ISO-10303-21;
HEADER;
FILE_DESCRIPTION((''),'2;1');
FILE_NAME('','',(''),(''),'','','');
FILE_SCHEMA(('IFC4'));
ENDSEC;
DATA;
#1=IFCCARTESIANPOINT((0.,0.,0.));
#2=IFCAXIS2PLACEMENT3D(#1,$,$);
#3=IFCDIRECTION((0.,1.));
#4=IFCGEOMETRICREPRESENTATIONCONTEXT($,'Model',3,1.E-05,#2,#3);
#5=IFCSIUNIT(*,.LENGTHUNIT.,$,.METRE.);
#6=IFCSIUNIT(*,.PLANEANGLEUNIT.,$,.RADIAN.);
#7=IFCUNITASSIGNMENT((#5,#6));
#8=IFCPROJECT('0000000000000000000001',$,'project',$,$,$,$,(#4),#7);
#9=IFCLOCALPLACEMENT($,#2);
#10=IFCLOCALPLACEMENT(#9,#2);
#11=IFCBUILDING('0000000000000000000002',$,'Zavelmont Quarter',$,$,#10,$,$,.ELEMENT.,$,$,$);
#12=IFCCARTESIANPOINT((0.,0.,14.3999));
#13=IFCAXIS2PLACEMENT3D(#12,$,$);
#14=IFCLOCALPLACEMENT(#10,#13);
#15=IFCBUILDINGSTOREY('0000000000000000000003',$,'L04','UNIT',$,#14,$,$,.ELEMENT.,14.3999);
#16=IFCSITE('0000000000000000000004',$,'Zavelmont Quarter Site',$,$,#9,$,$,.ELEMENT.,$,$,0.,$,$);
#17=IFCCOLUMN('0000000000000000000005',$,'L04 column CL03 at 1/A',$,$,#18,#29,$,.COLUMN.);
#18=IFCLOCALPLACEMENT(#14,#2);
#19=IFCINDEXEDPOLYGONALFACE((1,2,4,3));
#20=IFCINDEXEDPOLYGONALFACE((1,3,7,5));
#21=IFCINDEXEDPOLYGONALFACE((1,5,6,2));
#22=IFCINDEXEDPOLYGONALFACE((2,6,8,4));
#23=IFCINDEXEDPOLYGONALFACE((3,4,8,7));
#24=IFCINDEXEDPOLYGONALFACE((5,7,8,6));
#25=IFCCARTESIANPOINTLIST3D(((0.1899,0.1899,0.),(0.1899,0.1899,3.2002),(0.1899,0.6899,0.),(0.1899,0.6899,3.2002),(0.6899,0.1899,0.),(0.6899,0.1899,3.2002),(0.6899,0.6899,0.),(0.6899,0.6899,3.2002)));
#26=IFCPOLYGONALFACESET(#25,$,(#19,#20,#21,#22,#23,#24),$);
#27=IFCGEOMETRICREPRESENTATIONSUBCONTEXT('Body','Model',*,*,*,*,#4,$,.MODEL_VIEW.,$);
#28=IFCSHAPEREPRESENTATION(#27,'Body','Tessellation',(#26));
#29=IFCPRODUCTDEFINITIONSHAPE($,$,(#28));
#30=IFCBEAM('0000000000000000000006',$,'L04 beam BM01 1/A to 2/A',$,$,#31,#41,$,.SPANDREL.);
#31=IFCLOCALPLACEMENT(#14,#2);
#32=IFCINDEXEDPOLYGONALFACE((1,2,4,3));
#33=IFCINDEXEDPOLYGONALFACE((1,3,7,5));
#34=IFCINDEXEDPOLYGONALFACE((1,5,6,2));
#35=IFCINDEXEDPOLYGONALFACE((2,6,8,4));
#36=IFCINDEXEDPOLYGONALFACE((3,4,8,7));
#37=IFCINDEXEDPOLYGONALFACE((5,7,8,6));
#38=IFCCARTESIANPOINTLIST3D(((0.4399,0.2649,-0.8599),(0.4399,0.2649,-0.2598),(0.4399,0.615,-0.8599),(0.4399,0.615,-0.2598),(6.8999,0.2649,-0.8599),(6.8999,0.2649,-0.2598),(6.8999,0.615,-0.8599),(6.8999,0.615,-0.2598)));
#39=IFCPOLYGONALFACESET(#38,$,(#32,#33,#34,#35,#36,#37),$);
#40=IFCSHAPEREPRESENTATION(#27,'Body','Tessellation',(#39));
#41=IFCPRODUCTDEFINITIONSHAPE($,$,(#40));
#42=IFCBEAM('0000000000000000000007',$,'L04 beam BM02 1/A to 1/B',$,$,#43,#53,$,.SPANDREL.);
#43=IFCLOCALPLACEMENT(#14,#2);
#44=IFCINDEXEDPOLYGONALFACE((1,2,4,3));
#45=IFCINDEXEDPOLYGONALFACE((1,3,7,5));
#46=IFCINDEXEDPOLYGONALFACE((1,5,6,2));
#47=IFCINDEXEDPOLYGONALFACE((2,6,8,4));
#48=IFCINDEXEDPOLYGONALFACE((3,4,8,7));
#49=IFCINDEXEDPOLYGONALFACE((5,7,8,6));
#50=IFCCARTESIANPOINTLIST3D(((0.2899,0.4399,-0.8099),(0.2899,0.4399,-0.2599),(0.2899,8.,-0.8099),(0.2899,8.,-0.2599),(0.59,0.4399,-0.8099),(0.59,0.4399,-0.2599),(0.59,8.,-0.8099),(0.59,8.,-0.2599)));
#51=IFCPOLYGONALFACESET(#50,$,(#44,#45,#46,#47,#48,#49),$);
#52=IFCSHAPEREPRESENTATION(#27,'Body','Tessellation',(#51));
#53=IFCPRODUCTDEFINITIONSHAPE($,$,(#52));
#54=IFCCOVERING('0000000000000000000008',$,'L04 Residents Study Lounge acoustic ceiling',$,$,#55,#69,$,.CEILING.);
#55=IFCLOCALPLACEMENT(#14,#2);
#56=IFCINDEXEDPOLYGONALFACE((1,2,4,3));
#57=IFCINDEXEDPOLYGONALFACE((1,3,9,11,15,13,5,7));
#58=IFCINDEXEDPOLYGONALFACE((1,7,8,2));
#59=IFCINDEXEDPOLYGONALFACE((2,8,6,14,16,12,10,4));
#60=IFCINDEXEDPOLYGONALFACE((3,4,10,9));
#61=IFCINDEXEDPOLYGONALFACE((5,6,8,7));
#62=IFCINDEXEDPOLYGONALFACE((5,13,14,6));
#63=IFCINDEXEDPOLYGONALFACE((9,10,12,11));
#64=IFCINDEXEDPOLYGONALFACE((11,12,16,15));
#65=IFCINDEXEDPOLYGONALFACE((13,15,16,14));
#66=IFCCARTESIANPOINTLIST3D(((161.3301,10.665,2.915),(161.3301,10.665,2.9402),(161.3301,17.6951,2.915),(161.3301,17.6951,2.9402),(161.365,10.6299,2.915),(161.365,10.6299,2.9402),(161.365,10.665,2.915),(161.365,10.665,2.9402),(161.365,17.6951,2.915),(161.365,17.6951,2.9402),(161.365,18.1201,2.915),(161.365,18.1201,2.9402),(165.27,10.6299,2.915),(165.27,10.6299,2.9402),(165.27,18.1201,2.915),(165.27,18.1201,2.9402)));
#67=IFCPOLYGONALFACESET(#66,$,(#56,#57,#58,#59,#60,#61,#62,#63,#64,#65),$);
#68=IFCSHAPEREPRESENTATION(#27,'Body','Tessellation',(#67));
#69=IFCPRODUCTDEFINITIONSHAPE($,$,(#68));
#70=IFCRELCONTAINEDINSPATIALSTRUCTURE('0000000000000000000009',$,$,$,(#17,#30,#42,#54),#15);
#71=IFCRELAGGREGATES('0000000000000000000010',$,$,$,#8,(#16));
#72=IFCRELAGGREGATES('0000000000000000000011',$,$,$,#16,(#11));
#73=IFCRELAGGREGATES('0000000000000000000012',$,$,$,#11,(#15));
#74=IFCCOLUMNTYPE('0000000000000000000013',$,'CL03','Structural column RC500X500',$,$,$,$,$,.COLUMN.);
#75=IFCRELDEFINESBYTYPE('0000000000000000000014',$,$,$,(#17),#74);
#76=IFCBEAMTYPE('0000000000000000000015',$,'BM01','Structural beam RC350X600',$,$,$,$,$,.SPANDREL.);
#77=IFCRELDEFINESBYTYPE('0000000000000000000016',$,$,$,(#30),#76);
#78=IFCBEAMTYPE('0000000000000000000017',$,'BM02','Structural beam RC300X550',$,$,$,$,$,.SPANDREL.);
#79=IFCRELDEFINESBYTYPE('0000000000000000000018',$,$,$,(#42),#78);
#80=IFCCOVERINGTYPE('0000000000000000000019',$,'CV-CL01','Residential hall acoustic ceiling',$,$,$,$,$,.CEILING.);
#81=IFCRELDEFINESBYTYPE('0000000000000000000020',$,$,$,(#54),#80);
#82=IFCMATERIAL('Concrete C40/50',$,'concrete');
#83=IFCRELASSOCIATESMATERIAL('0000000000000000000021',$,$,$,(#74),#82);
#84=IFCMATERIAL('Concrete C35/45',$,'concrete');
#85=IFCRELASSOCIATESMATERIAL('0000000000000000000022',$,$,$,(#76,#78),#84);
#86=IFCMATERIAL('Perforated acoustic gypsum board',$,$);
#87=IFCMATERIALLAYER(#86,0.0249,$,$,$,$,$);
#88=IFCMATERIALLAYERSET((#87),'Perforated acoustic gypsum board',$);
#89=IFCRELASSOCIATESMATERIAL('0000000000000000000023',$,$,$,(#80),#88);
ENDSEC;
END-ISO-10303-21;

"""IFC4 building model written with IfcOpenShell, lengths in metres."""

from ifc_helpers import new_model, si_unit, direction, frame, origin, origin_2d, place, context, subcontext, project, spatial, polyline, rectangle, outline, extrude, material, layer, layer_set, material_profile, profile_set, type_object, element, save


model = new_model("IFC4")

# Units and contexts
model_context = context("Model", 3, precision=1e-05, world=origin(), true_north=direction((0.0, 1.0)))
body_context = subcontext(model_context, "Body", "Model", "MODEL_VIEW")
ifc_project = project(units=[si_unit("LENGTHUNIT", "METRE"), si_unit("PLANEANGLEUNIT", "RADIAN")], contexts=[model_context])

# Site, building, storey
site_placement = place(None, origin())
site = spatial("IfcSite", under=ifc_project, at=site_placement, Name="Zavelmont Quarter Site", CompositionType="ELEMENT", RefElevation=0.0)
building_placement = place(site_placement, origin())
building = spatial("IfcBuilding", under=site, at=building_placement, Name="Zavelmont Quarter", CompositionType="ELEMENT")
storey_placement = place(building_placement, frame((0.0, 0.0, 14.3999)))
storey = spatial("IfcBuildingStorey", under=building, at=storey_placement, Name="L04", Description="UNIT", CompositionType="ELEMENT", Elevation=14.3999)

# Column
ifc_material_1 = material(Name="Concrete C40/50", Category="concrete")
ifc_material_profile_1 = material_profile(ifc_material_1, rectangle(XDim=0.5, YDim=0.5, at=origin_2d()), Name="RC500X500")
ifc_profile_set_1 = profile_set([ifc_material_profile_1], Name="Concrete C40/50")
column_type = type_object("IfcColumnType", Name="CL03", Description="Structural column RC500X500", PredefinedType="COLUMN", material=ifc_profile_set_1)
column_placement = place(storey_placement, frame((0.4399, 0.4399, 0.0), z_axis=(0.0, 0.0, 1.0), x_axis=(1.0, 0.0, 0.0)))
element("IfcColumn", 1, at=column_placement, inside=storey, type_object=column_type, Name="L04 column CL03 at 1/A", PredefinedType="COLUMN", context=body_context, shape_type="SweptSolid", body=[
    extrude(rectangle(XDim=0.5, YDim=0.5, at=origin_2d()), origin(), (0.0, 0.0, 1.0), 3.2002),
])

# Beams
ifc_material_2 = material(Name="Concrete C35/45", Category="concrete")
ifc_material_profile_2 = material_profile(ifc_material_2, rectangle(XDim=0.3501, YDim=0.6001, at=origin_2d()), Name="RC350X600")
ifc_profile_set_2 = profile_set([ifc_material_profile_2], Name="Concrete C35/45")
beam_type_1 = type_object("IfcBeamType", Name="BM01", Description="Structural beam RC350X600", PredefinedType="SPANDREL", material=ifc_profile_set_2)
beam_1_placement = place(storey_placement, frame((0.4399, 0.4399, -0.5598), z_axis=(1.0, 0.0, 0.0), x_axis=(0.0, 1.0, 0.0)))
element("IfcBeam", 2, at=beam_1_placement, inside=storey, type_object=beam_type_1, Name="L04 beam BM01 1/A to 2/A", PredefinedType="SPANDREL", context=body_context, shape_type="SweptSolid", body=[
    extrude(rectangle(XDim=0.3501, YDim=0.6001, at=origin_2d()), origin(), (0.0, 0.0, 1.0), 6.46),
])
ifc_material_profile_3 = material_profile(ifc_material_2, rectangle(XDim=0.3, YDim=0.55, at=origin_2d()), Name="RC300X550")
ifc_profile_set_3 = profile_set([ifc_material_profile_3], Name="Concrete C35/45")
beam_type_2 = type_object("IfcBeamType", Name="BM02", Description="Structural beam RC300X550", PredefinedType="SPANDREL", material=ifc_profile_set_3)
beam_2_placement = place(storey_placement, frame((0.4399, 0.4399, -0.5349), z_axis=(0.0, 1.0, 0.0), x_axis=(-1.0, 0.0, 0.0)))
element("IfcBeam", 3, at=beam_2_placement, inside=storey, type_object=beam_type_2, Name="L04 beam BM02 1/A to 1/B", PredefinedType="SPANDREL", context=body_context, shape_type="SweptSolid", body=[
    extrude(rectangle(XDim=0.3, YDim=0.55, at=origin_2d()), origin(), (0.0, 0.0, 1.0), 7.5601),
])

# Covering
ifc_material_3 = material(Name="Perforated acoustic gypsum board")
ifc_layer_1 = layer(ifc_material_3, 0.0249)
ifc_layer_set_1 = layer_set([ifc_layer_1], Name="Perforated acoustic gypsum board")
covering_type = type_object("IfcCoveringType", Name="CV-CL01", Description="Residential hall acoustic ceiling", PredefinedType="CEILING", material=ifc_layer_set_1)
covering_placement = place(storey_placement, frame((0.0, 0.0, 2.915)))
element("IfcCovering", 4, at=covering_placement, inside=storey, type_object=covering_type, Name="L04 Residents Study Lounge acoustic ceiling", PredefinedType="CEILING", context=body_context, shape_type="SweptSolid", body=[
    extrude(outline(polyline([(161.3301, 17.6951), (161.365, 17.6951), (161.365, 18.1201), (165.27, 18.1201), (165.27, 10.6299), (161.365, 10.6299), (161.365, 10.665), (161.3301, 10.665), (161.3301, 17.6951)])), origin(), (0.0, 0.0, 1.0), 0.0251),
])

save(model, "model.ifc")
